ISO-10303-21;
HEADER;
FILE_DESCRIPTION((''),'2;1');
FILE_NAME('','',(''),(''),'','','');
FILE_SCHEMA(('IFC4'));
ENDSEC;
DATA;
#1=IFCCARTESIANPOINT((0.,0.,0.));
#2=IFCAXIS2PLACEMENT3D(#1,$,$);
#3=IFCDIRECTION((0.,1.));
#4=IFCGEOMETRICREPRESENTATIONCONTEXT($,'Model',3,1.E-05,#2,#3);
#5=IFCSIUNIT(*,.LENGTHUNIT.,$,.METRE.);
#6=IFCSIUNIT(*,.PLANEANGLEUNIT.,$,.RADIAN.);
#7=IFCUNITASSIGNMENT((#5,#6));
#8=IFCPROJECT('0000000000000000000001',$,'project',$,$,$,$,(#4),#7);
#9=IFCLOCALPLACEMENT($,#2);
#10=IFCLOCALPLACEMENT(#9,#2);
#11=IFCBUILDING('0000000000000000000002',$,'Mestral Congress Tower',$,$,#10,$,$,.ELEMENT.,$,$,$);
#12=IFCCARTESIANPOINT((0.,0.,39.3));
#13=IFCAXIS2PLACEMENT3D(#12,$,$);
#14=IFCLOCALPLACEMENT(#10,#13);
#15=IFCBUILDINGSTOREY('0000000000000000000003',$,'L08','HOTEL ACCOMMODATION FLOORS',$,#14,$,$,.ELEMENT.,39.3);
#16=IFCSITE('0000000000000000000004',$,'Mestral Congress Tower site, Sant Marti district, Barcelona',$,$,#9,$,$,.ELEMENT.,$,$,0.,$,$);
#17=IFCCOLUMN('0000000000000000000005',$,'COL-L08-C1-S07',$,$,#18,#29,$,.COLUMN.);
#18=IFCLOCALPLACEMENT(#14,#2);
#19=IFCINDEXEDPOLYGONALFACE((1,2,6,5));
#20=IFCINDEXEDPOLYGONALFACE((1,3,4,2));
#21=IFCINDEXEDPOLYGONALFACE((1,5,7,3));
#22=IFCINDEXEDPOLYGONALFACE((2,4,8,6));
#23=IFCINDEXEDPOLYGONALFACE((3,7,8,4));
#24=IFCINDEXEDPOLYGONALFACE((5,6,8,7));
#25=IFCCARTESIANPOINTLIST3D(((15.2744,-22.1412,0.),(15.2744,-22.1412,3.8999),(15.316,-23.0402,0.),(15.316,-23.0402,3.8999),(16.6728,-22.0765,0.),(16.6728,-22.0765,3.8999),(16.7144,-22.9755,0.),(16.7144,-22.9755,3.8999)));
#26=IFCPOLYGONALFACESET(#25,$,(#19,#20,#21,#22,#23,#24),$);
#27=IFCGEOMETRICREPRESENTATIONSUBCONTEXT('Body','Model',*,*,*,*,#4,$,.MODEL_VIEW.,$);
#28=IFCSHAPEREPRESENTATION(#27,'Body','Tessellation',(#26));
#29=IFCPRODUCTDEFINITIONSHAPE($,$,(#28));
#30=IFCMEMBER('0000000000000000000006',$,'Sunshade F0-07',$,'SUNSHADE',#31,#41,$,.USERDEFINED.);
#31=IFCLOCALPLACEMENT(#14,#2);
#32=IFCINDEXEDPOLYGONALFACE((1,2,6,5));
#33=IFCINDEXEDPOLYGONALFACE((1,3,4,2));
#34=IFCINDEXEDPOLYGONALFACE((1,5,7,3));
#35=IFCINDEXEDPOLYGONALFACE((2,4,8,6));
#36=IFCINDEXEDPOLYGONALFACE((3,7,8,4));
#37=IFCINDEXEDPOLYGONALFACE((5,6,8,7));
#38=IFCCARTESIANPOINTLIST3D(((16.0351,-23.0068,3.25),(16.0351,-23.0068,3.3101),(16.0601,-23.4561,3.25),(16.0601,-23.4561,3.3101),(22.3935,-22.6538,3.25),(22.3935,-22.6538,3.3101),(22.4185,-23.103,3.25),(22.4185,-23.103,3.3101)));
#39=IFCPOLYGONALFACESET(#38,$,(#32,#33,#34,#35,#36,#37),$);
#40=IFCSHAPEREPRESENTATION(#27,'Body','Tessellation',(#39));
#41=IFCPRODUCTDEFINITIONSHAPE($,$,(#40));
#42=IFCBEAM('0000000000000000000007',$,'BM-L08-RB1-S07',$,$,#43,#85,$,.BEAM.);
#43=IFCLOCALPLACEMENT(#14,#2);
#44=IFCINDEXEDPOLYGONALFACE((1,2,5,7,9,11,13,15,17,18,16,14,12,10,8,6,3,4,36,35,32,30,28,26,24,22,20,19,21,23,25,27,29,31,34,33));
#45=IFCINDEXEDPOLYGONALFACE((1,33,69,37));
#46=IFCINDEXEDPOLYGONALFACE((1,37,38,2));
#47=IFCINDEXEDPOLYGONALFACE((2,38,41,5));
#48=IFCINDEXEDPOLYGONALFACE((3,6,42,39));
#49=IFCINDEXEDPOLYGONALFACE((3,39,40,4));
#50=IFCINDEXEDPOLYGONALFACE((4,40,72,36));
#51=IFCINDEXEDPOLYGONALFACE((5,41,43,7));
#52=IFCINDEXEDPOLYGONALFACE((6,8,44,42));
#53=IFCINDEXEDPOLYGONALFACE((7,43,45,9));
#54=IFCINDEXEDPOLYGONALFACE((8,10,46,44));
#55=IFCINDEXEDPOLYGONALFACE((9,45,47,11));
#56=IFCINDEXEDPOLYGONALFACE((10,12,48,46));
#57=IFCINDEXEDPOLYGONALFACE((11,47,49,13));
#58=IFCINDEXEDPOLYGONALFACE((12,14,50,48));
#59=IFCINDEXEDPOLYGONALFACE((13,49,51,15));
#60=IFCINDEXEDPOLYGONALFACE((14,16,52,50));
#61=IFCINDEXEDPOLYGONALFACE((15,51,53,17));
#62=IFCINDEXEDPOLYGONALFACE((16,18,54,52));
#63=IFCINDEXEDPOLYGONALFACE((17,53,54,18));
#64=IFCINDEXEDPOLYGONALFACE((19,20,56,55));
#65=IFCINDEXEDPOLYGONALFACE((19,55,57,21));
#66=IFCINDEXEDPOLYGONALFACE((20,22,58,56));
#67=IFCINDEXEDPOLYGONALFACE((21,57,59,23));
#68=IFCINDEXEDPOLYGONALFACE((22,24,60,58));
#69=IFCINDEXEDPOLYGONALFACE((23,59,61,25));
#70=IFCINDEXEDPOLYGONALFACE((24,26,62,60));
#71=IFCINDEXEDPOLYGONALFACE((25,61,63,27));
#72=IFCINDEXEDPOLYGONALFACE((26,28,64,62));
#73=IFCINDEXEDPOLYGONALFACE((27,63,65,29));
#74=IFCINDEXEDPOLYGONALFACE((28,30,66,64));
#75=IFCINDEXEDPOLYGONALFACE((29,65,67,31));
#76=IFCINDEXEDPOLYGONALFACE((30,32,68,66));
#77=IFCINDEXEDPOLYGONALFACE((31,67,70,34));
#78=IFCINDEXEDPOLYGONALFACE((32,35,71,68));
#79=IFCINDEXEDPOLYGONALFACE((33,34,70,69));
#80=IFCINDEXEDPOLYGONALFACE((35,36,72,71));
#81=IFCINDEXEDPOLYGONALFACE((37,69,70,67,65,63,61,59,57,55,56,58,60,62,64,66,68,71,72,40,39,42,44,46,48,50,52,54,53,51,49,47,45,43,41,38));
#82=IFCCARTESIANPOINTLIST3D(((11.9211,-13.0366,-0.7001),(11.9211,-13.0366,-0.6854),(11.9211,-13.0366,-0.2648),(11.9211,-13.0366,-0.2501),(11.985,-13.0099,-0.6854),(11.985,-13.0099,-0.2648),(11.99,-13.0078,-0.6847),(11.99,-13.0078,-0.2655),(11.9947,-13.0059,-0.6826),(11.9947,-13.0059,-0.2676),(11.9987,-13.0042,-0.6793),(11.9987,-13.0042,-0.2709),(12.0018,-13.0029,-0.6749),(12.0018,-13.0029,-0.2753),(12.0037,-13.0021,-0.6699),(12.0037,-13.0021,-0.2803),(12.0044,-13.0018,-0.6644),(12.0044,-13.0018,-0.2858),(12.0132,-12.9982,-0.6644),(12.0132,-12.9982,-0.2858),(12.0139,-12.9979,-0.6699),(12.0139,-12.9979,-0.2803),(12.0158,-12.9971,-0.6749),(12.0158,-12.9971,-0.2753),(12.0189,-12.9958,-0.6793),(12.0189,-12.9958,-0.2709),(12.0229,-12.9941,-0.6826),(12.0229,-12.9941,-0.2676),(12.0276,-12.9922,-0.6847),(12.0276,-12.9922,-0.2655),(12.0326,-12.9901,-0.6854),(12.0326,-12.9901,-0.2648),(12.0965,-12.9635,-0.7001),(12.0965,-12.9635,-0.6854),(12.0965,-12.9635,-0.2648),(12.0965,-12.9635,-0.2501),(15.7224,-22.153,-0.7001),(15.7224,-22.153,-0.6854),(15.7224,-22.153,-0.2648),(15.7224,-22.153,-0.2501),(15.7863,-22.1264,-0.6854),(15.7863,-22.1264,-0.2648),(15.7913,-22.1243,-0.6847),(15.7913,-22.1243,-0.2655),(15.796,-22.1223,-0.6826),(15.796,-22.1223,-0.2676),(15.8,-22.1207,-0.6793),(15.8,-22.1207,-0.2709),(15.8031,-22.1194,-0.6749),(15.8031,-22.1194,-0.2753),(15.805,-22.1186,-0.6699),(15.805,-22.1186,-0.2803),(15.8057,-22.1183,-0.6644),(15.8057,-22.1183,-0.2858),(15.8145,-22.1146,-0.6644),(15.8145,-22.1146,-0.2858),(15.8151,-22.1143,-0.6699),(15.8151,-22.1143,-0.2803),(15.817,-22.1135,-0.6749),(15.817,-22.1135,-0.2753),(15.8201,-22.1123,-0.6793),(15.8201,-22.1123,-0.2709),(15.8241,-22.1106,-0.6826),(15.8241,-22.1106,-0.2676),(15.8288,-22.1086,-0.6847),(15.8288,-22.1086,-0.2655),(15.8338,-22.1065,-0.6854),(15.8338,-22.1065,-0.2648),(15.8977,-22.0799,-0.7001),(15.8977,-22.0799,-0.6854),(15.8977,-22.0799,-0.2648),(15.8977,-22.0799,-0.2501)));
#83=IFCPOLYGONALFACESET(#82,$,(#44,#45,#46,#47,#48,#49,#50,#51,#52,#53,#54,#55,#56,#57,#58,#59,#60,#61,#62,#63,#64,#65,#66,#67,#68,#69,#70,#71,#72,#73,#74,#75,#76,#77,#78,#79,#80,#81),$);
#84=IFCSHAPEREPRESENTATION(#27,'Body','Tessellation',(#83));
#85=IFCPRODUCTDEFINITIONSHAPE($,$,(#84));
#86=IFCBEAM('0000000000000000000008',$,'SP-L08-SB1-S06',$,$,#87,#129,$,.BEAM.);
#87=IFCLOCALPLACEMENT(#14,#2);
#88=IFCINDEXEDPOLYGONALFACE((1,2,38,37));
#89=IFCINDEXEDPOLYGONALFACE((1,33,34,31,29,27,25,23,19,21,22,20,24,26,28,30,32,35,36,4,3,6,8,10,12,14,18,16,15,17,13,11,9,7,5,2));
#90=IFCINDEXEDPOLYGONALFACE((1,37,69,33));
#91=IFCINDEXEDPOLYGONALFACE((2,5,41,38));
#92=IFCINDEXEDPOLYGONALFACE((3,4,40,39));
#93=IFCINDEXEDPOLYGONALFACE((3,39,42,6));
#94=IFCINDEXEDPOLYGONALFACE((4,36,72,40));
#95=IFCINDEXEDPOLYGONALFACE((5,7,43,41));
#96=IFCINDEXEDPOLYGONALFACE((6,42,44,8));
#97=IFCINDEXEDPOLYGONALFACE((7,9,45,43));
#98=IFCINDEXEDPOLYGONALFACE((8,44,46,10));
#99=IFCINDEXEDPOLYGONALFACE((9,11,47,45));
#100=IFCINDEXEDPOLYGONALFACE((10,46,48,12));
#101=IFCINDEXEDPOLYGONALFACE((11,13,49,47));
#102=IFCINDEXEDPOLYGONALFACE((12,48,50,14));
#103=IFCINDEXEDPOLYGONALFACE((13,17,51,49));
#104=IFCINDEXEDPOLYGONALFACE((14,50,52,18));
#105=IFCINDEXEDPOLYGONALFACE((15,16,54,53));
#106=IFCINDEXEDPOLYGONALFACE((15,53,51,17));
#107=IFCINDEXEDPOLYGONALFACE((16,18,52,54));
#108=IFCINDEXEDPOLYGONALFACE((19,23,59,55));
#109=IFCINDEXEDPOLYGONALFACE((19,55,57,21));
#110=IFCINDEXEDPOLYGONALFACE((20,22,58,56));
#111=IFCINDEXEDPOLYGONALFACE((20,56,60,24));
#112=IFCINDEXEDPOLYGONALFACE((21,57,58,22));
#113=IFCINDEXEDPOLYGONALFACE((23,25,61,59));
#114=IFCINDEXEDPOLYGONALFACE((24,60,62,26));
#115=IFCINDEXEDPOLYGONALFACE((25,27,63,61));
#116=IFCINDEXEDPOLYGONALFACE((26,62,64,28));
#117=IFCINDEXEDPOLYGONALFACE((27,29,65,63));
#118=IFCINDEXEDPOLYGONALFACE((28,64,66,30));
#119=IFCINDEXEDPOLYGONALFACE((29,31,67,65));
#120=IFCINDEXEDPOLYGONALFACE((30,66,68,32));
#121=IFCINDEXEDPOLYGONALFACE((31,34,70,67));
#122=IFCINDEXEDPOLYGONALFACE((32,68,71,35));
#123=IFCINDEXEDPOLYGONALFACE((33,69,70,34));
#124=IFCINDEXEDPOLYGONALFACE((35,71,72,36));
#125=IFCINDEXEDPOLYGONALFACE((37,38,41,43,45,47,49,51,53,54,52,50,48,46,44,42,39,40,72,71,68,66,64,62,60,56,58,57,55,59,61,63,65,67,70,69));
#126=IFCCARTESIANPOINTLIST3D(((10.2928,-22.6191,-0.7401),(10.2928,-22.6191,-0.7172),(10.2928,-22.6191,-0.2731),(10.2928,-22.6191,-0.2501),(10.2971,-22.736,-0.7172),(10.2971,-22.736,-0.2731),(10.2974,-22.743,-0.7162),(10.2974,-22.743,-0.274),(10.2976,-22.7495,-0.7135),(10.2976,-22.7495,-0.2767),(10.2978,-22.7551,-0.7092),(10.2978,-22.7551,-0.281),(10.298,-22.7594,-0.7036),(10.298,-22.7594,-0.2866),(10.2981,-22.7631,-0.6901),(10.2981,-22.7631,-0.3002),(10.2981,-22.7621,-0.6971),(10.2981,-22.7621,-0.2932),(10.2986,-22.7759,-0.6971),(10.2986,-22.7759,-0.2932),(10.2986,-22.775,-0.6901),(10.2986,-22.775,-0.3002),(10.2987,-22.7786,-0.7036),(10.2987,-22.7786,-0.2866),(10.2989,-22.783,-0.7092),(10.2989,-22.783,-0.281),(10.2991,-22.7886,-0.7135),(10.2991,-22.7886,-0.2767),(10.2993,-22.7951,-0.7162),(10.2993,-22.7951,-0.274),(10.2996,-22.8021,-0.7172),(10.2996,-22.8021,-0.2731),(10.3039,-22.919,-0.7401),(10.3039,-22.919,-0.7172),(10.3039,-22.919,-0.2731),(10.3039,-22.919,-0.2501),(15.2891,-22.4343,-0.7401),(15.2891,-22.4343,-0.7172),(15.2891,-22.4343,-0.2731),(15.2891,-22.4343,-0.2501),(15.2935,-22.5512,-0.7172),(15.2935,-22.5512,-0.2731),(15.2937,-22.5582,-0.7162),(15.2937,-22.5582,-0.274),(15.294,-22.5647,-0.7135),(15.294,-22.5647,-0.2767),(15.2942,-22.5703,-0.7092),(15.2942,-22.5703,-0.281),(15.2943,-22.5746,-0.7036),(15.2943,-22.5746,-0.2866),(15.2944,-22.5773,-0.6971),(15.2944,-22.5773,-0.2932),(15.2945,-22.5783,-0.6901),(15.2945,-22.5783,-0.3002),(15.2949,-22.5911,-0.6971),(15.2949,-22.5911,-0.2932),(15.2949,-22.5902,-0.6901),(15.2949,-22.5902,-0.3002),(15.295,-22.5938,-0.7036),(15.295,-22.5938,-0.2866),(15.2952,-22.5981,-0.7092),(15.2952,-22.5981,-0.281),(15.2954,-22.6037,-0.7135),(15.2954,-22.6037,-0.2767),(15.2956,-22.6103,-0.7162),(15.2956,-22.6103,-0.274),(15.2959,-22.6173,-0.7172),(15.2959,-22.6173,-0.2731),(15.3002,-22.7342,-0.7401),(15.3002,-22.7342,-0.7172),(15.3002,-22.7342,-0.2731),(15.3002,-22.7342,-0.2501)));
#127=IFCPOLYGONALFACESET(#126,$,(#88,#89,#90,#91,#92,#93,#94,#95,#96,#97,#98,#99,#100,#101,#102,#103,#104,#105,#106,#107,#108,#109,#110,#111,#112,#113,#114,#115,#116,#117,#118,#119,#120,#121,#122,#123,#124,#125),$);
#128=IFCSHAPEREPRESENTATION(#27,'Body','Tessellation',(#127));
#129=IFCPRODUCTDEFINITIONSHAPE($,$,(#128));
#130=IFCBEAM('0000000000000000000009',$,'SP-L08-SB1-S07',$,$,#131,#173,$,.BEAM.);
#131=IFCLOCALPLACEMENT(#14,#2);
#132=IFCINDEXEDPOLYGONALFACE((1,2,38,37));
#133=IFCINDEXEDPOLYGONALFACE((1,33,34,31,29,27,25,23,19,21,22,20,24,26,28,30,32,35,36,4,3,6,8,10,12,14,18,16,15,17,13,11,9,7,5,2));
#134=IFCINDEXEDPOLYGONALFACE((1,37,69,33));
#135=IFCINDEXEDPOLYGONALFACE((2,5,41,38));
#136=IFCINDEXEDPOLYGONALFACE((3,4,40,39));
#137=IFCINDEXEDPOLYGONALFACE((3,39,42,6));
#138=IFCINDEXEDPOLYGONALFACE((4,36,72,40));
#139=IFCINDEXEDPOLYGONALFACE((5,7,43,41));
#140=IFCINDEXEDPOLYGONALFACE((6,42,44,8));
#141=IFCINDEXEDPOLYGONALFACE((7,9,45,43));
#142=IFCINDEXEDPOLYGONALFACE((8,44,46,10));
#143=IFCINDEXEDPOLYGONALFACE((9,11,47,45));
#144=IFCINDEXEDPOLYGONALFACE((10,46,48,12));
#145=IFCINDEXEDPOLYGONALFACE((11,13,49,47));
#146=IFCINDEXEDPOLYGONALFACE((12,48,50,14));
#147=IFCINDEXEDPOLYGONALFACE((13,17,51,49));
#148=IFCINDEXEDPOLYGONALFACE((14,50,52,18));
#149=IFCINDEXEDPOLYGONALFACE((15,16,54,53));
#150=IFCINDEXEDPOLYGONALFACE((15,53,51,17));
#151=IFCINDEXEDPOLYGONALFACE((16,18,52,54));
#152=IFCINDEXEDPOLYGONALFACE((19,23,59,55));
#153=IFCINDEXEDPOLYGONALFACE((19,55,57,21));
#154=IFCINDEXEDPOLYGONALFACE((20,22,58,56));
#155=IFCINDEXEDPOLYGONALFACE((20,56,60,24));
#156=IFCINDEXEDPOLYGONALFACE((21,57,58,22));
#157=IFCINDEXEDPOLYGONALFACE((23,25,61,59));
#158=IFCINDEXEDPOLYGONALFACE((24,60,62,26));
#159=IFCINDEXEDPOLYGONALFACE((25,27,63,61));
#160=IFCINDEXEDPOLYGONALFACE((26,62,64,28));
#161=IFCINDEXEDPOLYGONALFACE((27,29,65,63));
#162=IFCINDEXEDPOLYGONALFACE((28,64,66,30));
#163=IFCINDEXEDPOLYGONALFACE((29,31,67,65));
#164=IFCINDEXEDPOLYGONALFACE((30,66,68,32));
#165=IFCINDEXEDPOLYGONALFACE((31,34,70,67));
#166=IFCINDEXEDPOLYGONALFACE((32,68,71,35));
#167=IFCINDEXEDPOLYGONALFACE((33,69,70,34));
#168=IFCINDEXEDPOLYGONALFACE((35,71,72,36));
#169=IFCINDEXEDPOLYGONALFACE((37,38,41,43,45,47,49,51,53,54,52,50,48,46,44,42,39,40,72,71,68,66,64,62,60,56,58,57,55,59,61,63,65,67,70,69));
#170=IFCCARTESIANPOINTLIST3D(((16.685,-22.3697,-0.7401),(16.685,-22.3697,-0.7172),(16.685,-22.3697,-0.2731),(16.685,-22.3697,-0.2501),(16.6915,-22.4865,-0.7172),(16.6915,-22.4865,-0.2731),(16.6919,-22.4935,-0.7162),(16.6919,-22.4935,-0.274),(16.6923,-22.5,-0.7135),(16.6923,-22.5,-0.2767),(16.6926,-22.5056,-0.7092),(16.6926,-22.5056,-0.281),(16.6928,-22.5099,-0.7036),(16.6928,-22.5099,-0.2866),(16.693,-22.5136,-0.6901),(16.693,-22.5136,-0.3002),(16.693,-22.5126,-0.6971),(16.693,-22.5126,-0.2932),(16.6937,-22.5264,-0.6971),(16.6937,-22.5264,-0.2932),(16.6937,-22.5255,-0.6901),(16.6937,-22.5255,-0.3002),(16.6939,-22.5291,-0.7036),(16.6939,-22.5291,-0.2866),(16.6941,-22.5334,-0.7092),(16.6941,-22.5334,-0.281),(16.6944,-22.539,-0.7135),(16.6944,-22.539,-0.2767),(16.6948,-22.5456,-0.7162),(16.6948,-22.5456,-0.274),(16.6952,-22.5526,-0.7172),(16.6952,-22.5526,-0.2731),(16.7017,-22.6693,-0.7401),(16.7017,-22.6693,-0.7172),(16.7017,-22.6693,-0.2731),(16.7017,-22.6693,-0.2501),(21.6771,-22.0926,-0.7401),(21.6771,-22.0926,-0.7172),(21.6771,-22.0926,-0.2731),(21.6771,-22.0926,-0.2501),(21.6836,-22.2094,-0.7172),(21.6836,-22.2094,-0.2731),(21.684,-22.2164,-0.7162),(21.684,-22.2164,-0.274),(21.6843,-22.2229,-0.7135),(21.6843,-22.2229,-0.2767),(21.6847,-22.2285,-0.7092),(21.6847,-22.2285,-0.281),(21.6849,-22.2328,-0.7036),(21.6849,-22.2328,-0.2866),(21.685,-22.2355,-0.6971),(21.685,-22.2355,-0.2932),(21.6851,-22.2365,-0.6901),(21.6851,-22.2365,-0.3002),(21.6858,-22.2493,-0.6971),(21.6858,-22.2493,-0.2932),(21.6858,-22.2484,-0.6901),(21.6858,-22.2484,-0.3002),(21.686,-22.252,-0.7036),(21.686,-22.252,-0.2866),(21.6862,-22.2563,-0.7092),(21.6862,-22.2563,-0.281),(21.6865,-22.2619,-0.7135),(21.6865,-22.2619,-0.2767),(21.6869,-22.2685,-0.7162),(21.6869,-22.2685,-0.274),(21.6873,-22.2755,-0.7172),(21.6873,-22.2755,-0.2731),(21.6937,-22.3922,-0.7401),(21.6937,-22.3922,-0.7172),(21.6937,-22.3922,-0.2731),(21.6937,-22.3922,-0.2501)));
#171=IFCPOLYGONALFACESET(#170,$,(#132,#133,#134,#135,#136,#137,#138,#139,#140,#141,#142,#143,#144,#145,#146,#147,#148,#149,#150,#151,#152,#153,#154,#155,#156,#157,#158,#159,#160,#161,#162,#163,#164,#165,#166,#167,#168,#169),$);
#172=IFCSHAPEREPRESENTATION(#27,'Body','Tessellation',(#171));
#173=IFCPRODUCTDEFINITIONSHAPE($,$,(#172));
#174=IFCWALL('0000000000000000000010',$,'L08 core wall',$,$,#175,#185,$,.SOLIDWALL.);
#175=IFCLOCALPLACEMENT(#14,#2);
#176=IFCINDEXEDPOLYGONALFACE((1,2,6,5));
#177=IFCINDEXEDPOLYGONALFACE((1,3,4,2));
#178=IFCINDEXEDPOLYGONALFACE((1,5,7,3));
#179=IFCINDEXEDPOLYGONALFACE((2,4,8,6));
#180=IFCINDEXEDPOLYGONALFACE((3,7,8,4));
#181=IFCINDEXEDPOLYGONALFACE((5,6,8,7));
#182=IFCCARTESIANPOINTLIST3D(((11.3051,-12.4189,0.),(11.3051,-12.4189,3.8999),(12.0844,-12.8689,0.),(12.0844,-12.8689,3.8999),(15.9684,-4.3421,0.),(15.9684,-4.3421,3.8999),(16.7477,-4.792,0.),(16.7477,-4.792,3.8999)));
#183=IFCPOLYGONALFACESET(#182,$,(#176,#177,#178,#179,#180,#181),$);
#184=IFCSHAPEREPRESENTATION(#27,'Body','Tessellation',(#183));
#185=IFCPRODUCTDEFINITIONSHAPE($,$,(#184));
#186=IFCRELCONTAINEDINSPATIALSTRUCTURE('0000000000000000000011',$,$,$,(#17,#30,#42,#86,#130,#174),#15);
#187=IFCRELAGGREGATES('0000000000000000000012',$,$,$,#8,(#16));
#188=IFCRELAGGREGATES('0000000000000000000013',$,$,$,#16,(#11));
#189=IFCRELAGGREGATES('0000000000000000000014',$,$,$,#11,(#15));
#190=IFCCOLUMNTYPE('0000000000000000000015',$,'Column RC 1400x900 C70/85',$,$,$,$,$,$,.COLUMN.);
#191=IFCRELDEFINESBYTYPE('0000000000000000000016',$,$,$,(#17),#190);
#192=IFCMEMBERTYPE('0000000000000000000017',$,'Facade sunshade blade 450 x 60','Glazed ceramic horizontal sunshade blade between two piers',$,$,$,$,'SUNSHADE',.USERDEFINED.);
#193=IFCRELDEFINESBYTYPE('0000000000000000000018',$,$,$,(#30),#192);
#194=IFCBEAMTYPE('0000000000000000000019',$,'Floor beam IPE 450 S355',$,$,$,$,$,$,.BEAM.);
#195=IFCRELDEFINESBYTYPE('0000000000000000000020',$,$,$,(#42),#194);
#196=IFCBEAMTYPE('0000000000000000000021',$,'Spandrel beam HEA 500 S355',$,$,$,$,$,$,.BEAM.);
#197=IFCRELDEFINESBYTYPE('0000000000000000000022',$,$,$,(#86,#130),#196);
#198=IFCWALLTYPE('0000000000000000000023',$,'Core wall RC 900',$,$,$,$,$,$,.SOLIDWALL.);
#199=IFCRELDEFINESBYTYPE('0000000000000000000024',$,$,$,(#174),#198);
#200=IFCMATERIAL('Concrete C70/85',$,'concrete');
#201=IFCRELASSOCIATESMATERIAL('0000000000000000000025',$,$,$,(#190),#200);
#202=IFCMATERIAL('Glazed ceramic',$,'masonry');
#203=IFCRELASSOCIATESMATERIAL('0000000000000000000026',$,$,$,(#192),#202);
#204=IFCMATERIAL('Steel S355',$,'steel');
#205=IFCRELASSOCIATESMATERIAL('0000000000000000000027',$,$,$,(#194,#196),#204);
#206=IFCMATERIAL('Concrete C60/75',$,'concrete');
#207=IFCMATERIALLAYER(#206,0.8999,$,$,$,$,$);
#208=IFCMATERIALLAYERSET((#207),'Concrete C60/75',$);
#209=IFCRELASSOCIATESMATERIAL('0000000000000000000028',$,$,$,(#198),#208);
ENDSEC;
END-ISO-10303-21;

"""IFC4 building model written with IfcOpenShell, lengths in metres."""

from ifc_helpers import new_model, si_unit, direction, frame, frame_2d, origin, origin_2d, place, context, subcontext, project, spatial, rectangle, i_section, extrude, material, layer, layer_set, material_profile, profile_set, type_object, element, save


model = new_model("IFC4")

# Units and contexts
model_context = context("Model", 3, precision=1e-05, world=origin(), true_north=direction((0.0, 1.0)))
body_context = subcontext(model_context, "Body", "Model", "MODEL_VIEW")
ifc_project = project(units=[si_unit("LENGTHUNIT", "METRE"), si_unit("PLANEANGLEUNIT", "RADIAN")], contexts=[model_context])

# Site, building, storey
site_placement = place(None, origin())
site = spatial("IfcSite", under=ifc_project, at=site_placement, Name="Mestral Congress Tower site, Sant Marti district, Barcelona", CompositionType="ELEMENT", RefElevation=0.0)
building_placement = place(site_placement, origin())
building = spatial("IfcBuilding", under=site, at=building_placement, Name="Mestral Congress Tower", CompositionType="ELEMENT")
storey_placement = place(building_placement, frame((0.0, 0.0, 39.3)))
storey = spatial("IfcBuildingStorey", under=building, at=storey_placement, Name="L08", Description="HOTEL ACCOMMODATION FLOORS", CompositionType="ELEMENT", Elevation=39.3)

# Column
ifc_material_1 = material(Name="Concrete C70/85", Category="concrete")
ifc_material_profile_1 = material_profile(ifc_material_1, rectangle(XDim=1.3999, YDim=0.8999, at=origin_2d()), Name="RC 1400x900")
ifc_profile_set_1 = profile_set([ifc_material_profile_1], Name="Concrete C70/85")
column_type = type_object("IfcColumnType", Name="Column RC 1400x900 C70/85", PredefinedType="COLUMN", material=ifc_profile_set_1)
column_placement = place(storey_placement, frame((15.9944, -22.5583, 0.0), z_axis=(0.0, 0.0, 1.0), x_axis=(0.998932, 0.0462, 0.0)))
element("IfcColumn", 1, at=column_placement, inside=storey, type_object=column_type, Name="COL-L08-C1-S07", PredefinedType="COLUMN", context=body_context, shape_type="SweptSolid", body=[
    extrude(rectangle(XDim=1.3999, YDim=0.8999, at=origin_2d()), origin(), (0.0, 0.0, 1.0), 3.8999),
])

# Member
ifc_material_2 = material(Name="Glazed ceramic", Category="masonry")
ifc_material_profile_2 = material_profile(ifc_material_2, rectangle(XDim=0.45, YDim=0.0601, at=origin_2d()), Name="Ceramic blade 450 x 60")
ifc_profile_set_2 = profile_set([ifc_material_profile_2], Name="Glazed ceramic")
member_type = type_object("IfcMemberType", Name="Facade sunshade blade 450 x 60", Description="Glazed ceramic horizontal sunshade blade between two piers", ElementType="SUNSHADE", PredefinedType="USERDEFINED", material=ifc_profile_set_2)
member_placement = place(storey_placement, frame((16.0476, -23.2314, 3.28), z_axis=(0.998462, 0.055436, 0.0), x_axis=(-0.055436, 0.998462, 0.0)))
element("IfcMember", 2, at=member_placement, inside=storey, type_object=member_type, Name="Sunshade F0-07", ObjectType="SUNSHADE", PredefinedType="USERDEFINED", context=body_context, shape_type="SweptSolid", body=[
    extrude(rectangle(XDim=0.45, YDim=0.0601, at=origin_2d()), origin(), (0.0, 0.0, 1.0), 6.3682),
])

# Beams
ifc_material_3 = material(Name="Steel S355", Category="steel")
ifc_material_profile_3 = material_profile(ifc_material_3, i_section(OverallWidth=0.1899, OverallDepth=0.45, WebThickness=0.0095, FlangeThickness=0.0146, FilletRadius=0.021, at=origin_2d()), Name="IPE 450")
ifc_profile_set_3 = profile_set([ifc_material_profile_3], Name="Steel S355")
beam_type_1 = type_object("IfcBeamType", Name="Floor beam IPE 450 S355", PredefinedType="BEAM", material=ifc_profile_set_3)
beam_placement = place(storey_placement, frame((15.8101, -22.1165, -0.4751), z_axis=(-0.384852, 0.922978, 0.0), x_axis=(-0.922978, -0.384852, 0.0)))
element("IfcBeam", 3, at=beam_placement, inside=storey, type_object=beam_type_1, Name="BM-L08-RB1-S07", PredefinedType="BEAM", context=body_context, shape_type="SweptSolid", body=[
    extrude(i_section(OverallWidth=0.1899, OverallDepth=0.45, WebThickness=0.0095, FlangeThickness=0.0146, FilletRadius=0.021, at=origin_2d()), origin(), (0.0, 0.0, 1.0), 9.8772),
])
ifc_material_profile_4 = material_profile(ifc_material_3, i_section(OverallWidth=0.3, OverallDepth=0.49, WebThickness=0.012, FlangeThickness=0.0229, FilletRadius=0.0271, at=origin_2d()), Name="HEA 500")
ifc_profile_set_4 = profile_set([ifc_material_profile_4], Name="Steel S355")
beam_type_2 = type_object("IfcBeamType", Name="Spandrel beam HEA 500 S355", PredefinedType="BEAM", material=ifc_profile_set_4)
for number, where, z_axis, x_axis, name in (
    (4, (10.2983, -22.769, -0.4951), (0.999317, 0.036965, 0.0), (-0.036965, 0.999317, 0.0), "SP-L08-SB1-S06"),
    (5, (16.6934, -22.5195, -0.4951), (0.998463, 0.055421, 0.0), (-0.055421, 0.998463, 0.0), "SP-L08-SB1-S07"),
):
    element("IfcBeam", number, at=place(storey_placement, frame(where, z_axis=z_axis, x_axis=x_axis)), inside=storey, type_object=beam_type_2, Name=name, PredefinedType="BEAM", context=body_context, shape_type="SweptSolid", body=[
        extrude(i_section(OverallWidth=0.3, OverallDepth=0.49, WebThickness=0.012, FlangeThickness=0.0229, FilletRadius=0.0271, at=origin_2d()), origin(), (0.0, 0.0, 1.0), 4.9998),
    ])

# Wall
ifc_material_4 = material(Name="Concrete C60/75", Category="concrete")
ifc_layer_1 = layer(ifc_material_4, 0.8999)
ifc_layer_set_1 = layer_set([ifc_layer_1], Name="Concrete C60/75")
wall_type_1 = type_object("IfcWallType", Name="Core wall RC 900", PredefinedType="SOLIDWALL", material=ifc_layer_set_1)
wall_1_placement = place(storey_placement, frame((11.6948, -12.6438, 0.0), z_axis=(0.0, 0.0, 1.0), x_axis=(0.50001, 0.866019, 0.0)))
element("IfcWall", 6, at=wall_1_placement, inside=storey, type_object=wall_type_1, Name="L08 core wall", PredefinedType="SOLIDWALL", context=body_context, shape_type="SweptSolid", body=[
    extrude(rectangle(XDim=9.3264, YDim=0.8999, at=frame_2d((4.6631, 0.0))), origin(), (0.0, 0.0, 1.0), 3.8999),
])

save(model, "model.ifc")
